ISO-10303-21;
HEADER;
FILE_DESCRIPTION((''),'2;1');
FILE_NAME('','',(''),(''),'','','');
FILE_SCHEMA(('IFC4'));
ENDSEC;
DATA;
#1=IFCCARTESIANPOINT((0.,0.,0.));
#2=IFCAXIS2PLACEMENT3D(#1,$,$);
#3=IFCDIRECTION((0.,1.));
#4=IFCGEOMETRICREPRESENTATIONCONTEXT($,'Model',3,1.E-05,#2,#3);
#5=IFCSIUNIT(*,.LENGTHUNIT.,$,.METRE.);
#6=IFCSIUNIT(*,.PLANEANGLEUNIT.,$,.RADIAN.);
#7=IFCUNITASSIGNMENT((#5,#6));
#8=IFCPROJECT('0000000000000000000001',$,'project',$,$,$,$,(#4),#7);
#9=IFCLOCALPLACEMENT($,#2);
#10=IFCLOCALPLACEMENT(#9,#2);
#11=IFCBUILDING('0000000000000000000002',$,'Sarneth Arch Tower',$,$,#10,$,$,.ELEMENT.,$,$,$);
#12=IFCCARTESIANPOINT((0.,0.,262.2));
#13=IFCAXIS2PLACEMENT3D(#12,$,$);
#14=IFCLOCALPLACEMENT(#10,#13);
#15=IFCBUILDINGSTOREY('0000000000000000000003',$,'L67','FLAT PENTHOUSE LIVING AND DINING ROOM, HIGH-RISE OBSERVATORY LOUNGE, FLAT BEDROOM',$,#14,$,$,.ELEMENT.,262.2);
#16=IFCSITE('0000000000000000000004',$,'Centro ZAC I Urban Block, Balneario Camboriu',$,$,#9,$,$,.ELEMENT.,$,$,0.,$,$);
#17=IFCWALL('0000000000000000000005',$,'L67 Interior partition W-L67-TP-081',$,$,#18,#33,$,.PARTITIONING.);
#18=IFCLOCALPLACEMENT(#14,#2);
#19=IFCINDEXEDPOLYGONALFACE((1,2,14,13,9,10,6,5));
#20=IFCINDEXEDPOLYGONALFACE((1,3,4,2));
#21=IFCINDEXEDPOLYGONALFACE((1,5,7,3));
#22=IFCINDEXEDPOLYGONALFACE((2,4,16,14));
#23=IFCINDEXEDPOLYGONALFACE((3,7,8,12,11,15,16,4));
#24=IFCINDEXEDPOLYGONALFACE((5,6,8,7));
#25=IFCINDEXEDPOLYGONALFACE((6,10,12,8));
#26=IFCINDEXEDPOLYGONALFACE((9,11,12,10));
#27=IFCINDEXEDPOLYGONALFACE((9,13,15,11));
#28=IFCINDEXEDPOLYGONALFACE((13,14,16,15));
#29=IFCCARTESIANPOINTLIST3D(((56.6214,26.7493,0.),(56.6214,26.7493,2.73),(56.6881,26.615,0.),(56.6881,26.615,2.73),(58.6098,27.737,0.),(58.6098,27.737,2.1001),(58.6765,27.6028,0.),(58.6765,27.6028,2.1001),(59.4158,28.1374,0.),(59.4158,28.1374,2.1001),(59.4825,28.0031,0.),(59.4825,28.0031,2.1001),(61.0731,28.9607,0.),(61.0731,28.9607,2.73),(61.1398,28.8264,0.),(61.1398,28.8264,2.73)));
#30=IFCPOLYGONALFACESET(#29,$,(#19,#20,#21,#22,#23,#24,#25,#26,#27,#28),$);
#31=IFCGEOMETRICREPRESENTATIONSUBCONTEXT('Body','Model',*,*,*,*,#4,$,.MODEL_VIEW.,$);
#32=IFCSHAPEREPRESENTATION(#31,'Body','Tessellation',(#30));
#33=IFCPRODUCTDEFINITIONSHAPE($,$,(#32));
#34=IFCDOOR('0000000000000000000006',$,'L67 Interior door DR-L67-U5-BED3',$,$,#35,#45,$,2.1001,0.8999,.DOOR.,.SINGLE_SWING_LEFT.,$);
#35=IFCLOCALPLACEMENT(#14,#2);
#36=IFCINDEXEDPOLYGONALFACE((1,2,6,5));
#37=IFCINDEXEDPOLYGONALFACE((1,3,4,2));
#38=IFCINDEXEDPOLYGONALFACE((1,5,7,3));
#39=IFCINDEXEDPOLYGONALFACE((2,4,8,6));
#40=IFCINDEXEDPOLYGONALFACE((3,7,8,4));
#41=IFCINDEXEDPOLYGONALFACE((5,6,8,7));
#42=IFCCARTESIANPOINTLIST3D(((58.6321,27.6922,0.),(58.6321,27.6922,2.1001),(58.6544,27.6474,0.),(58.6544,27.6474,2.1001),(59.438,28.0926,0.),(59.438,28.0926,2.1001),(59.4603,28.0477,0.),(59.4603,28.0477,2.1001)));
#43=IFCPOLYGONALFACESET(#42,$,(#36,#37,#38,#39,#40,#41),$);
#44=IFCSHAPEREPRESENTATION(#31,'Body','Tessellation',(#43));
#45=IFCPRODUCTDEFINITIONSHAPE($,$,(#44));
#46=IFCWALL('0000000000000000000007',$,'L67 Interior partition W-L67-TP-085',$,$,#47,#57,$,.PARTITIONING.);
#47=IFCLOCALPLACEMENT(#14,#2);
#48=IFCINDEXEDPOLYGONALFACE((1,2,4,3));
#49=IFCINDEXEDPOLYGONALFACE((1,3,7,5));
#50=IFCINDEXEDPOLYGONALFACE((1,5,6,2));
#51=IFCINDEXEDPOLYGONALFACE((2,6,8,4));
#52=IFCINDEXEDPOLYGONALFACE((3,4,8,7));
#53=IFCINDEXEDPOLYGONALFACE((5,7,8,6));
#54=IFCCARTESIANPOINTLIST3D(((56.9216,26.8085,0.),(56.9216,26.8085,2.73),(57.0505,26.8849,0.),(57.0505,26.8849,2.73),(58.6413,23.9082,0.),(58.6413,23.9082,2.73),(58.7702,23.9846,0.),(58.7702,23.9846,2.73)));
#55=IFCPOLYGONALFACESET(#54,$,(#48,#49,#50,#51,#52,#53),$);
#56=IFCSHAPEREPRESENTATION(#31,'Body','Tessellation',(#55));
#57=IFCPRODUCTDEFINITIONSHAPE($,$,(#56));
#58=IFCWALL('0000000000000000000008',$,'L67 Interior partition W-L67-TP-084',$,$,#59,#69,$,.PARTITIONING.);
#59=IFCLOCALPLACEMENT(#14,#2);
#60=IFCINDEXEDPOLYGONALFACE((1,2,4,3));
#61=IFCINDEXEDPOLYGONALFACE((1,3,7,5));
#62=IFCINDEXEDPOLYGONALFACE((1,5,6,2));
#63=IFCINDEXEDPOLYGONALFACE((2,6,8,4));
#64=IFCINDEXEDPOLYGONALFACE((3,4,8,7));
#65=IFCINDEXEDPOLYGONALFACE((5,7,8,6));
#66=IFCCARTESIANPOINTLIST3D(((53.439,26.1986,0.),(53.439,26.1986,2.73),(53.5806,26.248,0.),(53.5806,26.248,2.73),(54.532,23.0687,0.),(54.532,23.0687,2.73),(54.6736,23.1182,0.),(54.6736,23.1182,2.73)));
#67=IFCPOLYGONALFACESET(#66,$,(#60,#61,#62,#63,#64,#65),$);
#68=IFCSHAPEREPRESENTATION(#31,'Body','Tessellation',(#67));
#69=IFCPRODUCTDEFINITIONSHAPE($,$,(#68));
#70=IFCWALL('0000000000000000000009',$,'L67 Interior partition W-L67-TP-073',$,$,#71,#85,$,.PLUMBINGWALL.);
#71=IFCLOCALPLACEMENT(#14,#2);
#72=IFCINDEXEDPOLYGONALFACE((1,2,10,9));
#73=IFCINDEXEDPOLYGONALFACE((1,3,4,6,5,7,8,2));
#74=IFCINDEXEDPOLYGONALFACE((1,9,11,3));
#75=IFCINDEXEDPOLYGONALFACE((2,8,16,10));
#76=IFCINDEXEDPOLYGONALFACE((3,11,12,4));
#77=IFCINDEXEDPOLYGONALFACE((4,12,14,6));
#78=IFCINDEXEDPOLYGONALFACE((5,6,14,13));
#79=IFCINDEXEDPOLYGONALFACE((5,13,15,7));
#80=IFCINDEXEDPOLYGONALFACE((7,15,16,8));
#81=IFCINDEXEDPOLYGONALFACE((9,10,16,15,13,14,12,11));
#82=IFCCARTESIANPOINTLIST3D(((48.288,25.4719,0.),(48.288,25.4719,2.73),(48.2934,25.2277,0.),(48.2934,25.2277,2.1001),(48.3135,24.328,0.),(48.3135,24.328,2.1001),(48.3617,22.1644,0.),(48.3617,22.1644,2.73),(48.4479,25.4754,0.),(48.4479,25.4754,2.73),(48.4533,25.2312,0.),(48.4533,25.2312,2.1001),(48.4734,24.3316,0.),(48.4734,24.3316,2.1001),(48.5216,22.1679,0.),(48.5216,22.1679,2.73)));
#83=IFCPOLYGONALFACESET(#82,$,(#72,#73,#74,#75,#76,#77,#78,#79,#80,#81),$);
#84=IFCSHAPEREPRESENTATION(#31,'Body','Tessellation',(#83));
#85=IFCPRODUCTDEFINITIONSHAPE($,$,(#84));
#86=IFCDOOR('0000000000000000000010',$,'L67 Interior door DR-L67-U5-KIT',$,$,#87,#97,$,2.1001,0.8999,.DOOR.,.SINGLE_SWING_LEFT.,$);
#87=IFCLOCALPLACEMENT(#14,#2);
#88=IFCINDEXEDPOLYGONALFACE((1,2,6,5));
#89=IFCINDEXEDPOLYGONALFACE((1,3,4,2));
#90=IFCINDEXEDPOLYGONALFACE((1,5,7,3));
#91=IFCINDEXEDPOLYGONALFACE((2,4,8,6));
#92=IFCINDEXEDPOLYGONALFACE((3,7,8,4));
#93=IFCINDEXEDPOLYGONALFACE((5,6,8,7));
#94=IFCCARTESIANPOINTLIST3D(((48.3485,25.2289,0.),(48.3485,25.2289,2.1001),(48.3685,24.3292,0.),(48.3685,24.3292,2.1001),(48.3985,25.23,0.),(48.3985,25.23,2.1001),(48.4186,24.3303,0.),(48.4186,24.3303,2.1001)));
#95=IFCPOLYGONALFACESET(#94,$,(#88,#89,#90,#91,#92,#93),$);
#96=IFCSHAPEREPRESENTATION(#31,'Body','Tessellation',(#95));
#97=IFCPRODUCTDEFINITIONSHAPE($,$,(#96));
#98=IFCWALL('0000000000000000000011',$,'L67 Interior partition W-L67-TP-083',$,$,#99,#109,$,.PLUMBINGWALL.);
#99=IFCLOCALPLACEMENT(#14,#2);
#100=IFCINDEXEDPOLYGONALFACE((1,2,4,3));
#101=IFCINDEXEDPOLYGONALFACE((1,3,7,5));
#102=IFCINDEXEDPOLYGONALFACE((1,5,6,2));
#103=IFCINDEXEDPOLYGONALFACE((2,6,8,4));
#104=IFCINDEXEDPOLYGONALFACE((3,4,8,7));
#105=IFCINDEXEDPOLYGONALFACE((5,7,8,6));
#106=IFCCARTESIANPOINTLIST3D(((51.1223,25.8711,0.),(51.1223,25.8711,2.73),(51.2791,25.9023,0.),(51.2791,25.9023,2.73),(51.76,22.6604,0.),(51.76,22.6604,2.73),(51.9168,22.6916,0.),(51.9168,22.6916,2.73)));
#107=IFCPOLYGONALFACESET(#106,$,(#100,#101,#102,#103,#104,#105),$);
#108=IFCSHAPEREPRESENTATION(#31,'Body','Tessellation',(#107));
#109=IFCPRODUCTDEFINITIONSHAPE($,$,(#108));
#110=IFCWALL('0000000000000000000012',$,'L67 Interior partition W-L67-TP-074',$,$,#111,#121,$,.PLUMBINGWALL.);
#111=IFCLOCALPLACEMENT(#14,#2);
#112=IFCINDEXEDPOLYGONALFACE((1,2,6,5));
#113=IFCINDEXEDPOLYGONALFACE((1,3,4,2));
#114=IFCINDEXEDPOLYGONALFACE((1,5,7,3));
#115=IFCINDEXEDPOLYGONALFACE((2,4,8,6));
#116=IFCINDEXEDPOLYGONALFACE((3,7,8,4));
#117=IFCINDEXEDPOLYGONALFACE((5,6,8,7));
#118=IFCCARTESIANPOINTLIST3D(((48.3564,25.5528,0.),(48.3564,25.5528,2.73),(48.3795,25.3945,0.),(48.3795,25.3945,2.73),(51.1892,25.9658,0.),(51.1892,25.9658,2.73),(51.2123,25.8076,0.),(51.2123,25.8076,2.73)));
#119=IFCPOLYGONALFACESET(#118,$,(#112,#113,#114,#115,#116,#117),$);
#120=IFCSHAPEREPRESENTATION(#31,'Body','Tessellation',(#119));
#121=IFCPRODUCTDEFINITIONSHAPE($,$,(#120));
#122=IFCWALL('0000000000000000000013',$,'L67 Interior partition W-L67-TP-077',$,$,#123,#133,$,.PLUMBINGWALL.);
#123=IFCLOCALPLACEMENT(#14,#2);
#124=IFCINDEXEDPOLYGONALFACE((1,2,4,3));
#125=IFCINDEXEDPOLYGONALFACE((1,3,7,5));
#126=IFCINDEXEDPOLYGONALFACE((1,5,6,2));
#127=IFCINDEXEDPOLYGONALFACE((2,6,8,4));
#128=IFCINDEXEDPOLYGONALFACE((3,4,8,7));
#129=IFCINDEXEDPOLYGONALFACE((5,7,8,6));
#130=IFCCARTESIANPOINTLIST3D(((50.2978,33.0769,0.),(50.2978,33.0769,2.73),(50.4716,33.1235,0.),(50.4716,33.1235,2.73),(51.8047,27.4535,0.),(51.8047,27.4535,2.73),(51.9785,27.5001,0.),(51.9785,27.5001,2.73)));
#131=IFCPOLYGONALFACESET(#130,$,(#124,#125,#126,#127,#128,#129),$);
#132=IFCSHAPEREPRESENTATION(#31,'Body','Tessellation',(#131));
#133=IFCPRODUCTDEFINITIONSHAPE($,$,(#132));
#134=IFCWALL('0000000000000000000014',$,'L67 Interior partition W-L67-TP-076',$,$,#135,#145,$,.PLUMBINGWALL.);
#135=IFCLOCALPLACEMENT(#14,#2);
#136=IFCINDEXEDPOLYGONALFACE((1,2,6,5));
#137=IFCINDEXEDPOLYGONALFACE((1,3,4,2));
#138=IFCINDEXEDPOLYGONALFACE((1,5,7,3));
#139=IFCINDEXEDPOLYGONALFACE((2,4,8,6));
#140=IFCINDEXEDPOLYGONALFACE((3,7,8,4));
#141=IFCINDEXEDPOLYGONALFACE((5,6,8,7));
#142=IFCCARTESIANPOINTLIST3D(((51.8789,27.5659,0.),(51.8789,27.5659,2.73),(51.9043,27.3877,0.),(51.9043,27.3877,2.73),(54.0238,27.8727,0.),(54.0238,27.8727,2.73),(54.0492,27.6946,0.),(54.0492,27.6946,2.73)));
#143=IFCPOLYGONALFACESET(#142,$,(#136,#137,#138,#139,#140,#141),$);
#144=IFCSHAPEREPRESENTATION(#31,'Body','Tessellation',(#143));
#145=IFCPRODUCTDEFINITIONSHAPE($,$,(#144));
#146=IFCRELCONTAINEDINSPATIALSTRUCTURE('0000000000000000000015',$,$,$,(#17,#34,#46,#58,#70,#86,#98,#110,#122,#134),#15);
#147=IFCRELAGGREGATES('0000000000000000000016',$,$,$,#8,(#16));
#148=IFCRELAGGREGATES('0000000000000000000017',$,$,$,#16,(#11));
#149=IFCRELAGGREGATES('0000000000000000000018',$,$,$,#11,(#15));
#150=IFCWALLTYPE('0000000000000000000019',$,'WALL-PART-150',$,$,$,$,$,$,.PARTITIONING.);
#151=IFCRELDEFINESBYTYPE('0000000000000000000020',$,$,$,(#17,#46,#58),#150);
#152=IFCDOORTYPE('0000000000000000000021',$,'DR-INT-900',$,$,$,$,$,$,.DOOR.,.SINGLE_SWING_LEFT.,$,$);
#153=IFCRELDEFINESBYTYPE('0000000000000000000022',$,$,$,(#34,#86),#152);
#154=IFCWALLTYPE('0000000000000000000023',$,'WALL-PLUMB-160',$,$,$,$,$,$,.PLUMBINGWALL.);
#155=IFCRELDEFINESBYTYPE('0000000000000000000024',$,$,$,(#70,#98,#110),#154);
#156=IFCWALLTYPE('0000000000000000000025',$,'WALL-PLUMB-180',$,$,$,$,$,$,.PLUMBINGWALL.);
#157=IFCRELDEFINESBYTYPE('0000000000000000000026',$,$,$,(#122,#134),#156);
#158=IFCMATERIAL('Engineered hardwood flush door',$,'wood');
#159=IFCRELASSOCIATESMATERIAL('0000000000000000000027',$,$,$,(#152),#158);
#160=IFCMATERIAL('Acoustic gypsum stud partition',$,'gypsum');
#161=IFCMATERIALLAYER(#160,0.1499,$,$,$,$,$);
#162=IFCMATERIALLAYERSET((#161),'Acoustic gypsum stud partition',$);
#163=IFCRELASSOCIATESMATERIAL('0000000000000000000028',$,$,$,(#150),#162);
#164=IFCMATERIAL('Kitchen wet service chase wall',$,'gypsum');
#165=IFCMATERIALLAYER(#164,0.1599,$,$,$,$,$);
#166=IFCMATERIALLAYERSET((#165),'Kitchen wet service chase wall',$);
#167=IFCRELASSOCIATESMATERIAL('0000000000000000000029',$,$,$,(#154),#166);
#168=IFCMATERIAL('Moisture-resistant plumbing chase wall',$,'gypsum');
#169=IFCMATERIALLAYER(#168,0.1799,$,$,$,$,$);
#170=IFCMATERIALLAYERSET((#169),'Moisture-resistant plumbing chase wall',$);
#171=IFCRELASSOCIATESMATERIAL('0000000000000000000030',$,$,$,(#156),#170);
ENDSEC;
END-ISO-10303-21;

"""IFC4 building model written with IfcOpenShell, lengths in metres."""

from ifc_helpers import new_model, si_unit, direction, frame, frame_2d, origin, place, context, subcontext, project, spatial, rectangle, extrude, material, layer, layer_set, type_object, element, fill, save


model = new_model("IFC4")

# Units and contexts
model_context = context("Model", 3, precision=1e-05, world=origin(), true_north=direction((0.0, 1.0)))
body_context = subcontext(model_context, "Body", "Model", "MODEL_VIEW")
ifc_project = project(units=[si_unit("LENGTHUNIT", "METRE"), si_unit("PLANEANGLEUNIT", "RADIAN")], contexts=[model_context])

# Site, building, storey
site_placement = place(None, origin())
site = spatial("IfcSite", under=ifc_project, at=site_placement, Name="Centro ZAC I Urban Block, Balneario Camboriu", CompositionType="ELEMENT", RefElevation=0.0)
building_placement = place(site_placement, origin())
building = spatial("IfcBuilding", under=site, at=building_placement, Name="Sarneth Arch Tower", CompositionType="ELEMENT")
storey_placement = place(building_placement, frame((0.0, 0.0, 262.2)))
storey = spatial("IfcBuildingStorey", under=building, at=storey_placement, Name="L67", Description="FLAT PENTHOUSE LIVING AND DINING ROOM, HIGH-RISE OBSERVATORY LOUNGE, FLAT BEDROOM", CompositionType="ELEMENT", Elevation=262.2)

# Shared definitions
ifc_material_1 = material(Name="Engineered hardwood flush door", Category="wood")
door_type_1 = type_object("IfcDoorType", Name="DR-INT-900", OperationType="SINGLE_SWING_LEFT", PredefinedType="DOOR", material=ifc_material_1)

# Wall, opening, door
ifc_material_2 = material(Name="Acoustic gypsum stud partition", Category="gypsum")
ifc_layer_1 = layer(ifc_material_2, 0.1499)
ifc_layer_set_1 = layer_set([ifc_layer_1], Name="Acoustic gypsum stud partition")
wall_type_1 = type_object("IfcWallType", Name="WALL-PART-150", PredefinedType="PARTITIONING", material=ifc_layer_set_1)
wall_1_placement = place(storey_placement, frame((56.6548, 26.6821, 0.0), z_axis=(0.0, 0.0, 1.0), x_axis=(0.895583, 0.444894, 0.0)))
wall_1 = element("IfcWall", 1, at=wall_1_placement, inside=storey, type_object=wall_type_1, Name="L67 Interior partition W-L67-TP-081", PredefinedType="PARTITIONING", context=body_context, shape_type="SweptSolid", body=[
    extrude(rectangle(XDim=4.9707, YDim=0.1499, at=frame_2d((2.4854, 0.0))), origin(), (0.0, 0.0, 1.0), 2.73),
])
opening_1_placement = place(wall_1_placement, frame((2.2202, 0.0, 0.0)))
opening_1 = element("IfcOpeningElement", 2, at=opening_1_placement, cuts=wall_1, PredefinedType="OPENING", context=body_context, shape_type="SweptSolid", body=[
    extrude(rectangle(XDim=0.8999, YDim=2.1001, at=frame_2d((0.45, 1.05))), frame((0.0, 0.085, 0.0), z_axis=(0.0, -1.0, 0.0), x_axis=(1.0, 0.0, 0.0)), (0.0, 0.0, 1.0), 0.1699),
])
door_1_placement = place(opening_1_placement, origin())
door_1 = element("IfcDoor", 3, at=door_1_placement, inside=storey, type_object=door_type_1, Name="L67 Interior door DR-L67-U5-BED3", OperationType="SINGLE_SWING_LEFT", OverallHeight=2.1001, OverallWidth=0.8999, PredefinedType="DOOR", context=body_context, shape_type="SweptSolid", body=[
    extrude(rectangle(XDim=0.8999, YDim=2.1001, at=frame_2d((0.45, 1.05))), frame((0.0, 0.0249, 0.0), z_axis=(0.0, -1.0, 0.0), x_axis=(1.0, 0.0, 0.0)), (0.0, 0.0, 1.0), 0.05),
])
fill(opening_1, door_1)

# Walls
wall_2_placement = place(storey_placement, frame((58.7058, 23.9463, 0.0), z_axis=(0.0, 0.0, 1.0), x_axis=(-0.510017, 0.860164, 0.0)))
element("IfcWall", 4, at=wall_2_placement, inside=storey, type_object=wall_type_1, Name="L67 Interior partition W-L67-TP-085", PredefinedType="PARTITIONING", context=body_context, shape_type="SweptSolid", body=[
    extrude(rectangle(XDim=3.3718, YDim=0.1499, at=frame_2d((1.686, 0.0))), origin(), (0.0, 0.0, 1.0), 2.73),
])
wall_3_placement = place(storey_placement, frame((53.5098, 26.2234, 0.0), z_axis=(0.0, 0.0, 1.0), x_axis=(0.329694, -0.944088, 0.0)))
element("IfcWall", 5, at=wall_3_placement, inside=storey, type_object=wall_type_1, Name="L67 Interior partition W-L67-TP-084", PredefinedType="PARTITIONING", context=body_context, shape_type="SweptSolid", body=[
    extrude(rectangle(XDim=3.3152, YDim=0.1499, at=frame_2d((1.6577, 0.0))), origin(), (0.0, 0.0, 1.0), 2.73),
])

# Wall, opening, door
ifc_material_3 = material(Name="Kitchen wet service chase wall", Category="gypsum")
ifc_layer_2 = layer(ifc_material_3, 0.1599)
ifc_layer_set_2 = layer_set([ifc_layer_2], Name="Kitchen wet service chase wall")
wall_type_2 = type_object("IfcWallType", Name="WALL-PLUMB-160", PredefinedType="PLUMBINGWALL", material=ifc_layer_set_2)
wall_4_placement = place(storey_placement, frame((48.4417, 22.166, 0.0), z_axis=(0.0, 0.0, 1.0), x_axis=(-0.022286, 0.999752, 0.0)))
wall_4 = element("IfcWall", 6, at=wall_4_placement, inside=storey, type_object=wall_type_2, Name="L67 Interior partition W-L67-TP-073", PredefinedType="PLUMBINGWALL", context=body_context, shape_type="SweptSolid", body=[
    extrude(rectangle(XDim=3.3083, YDim=0.1599, at=frame_2d((1.6543, 0.0))), origin(), (0.0, 0.0, 1.0), 2.73),
])
opening_2_placement = place(wall_4_placement, frame((2.1643, 0.0, 0.0)))
opening_2 = element("IfcOpeningElement", 7, at=opening_2_placement, cuts=wall_4, PredefinedType="OPENING", context=body_context, shape_type="SweptSolid", body=[
    extrude(rectangle(XDim=0.8999, YDim=2.1001, at=frame_2d((0.45, 1.05))), frame((0.0, 0.0898, 0.0), z_axis=(0.0, -1.0, 0.0), x_axis=(1.0, 0.0, 0.0)), (0.0, 0.0, 1.0), 0.1799),
])
door_2_placement = place(opening_2_placement, origin())
door_2 = element("IfcDoor", 8, at=door_2_placement, inside=storey, type_object=door_type_1, Name="L67 Interior door DR-L67-U5-KIT", OperationType="SINGLE_SWING_LEFT", OverallHeight=2.1001, OverallWidth=0.8999, PredefinedType="DOOR", context=body_context, shape_type="SweptSolid", body=[
    extrude(rectangle(XDim=0.8999, YDim=2.1001, at=frame_2d((0.45, 1.05))), frame((0.0, 0.0249, 0.0), z_axis=(0.0, -1.0, 0.0), x_axis=(1.0, 0.0, 0.0)), (0.0, 0.0, 1.0), 0.05),
])
fill(opening_2, door_2)

# Walls
wall_5_placement = place(storey_placement, frame((51.2007, 25.8867, 0.0), z_axis=(0.0, 0.0, 1.0), x_axis=(0.194811, -0.980841, 0.0)))
element("IfcWall", 9, at=wall_5_placement, inside=storey, type_object=wall_type_2, Name="L67 Interior partition W-L67-TP-083", PredefinedType="PLUMBINGWALL", context=body_context, shape_type="SweptSolid", body=[
    extrude(rectangle(XDim=3.2734, YDim=0.1599, at=frame_2d((1.6367, 0.0))), origin(), (0.0, 0.0, 1.0), 2.73),
])
wall_6_placement = place(storey_placement, frame((48.3679, 25.4736, 0.0), z_axis=(0.0, 0.0, 1.0), x_axis=(0.989534, 0.144298, 0.0)))
element("IfcWall", 10, at=wall_6_placement, inside=storey, type_object=wall_type_2, Name="L67 Interior partition W-L67-TP-074", PredefinedType="PLUMBINGWALL", context=body_context, shape_type="SweptSolid", body=[
    extrude(rectangle(XDim=2.8628, YDim=0.1599, at=frame_2d((1.4314, 0.0))), origin(), (0.0, 0.0, 1.0), 2.73),
])
ifc_material_4 = material(Name="Moisture-resistant plumbing chase wall", Category="gypsum")
ifc_layer_3 = layer(ifc_material_4, 0.1799)
ifc_layer_set_3 = layer_set([ifc_layer_3], Name="Moisture-resistant plumbing chase wall")
wall_type_3 = type_object("IfcWallType", Name="WALL-PLUMB-180", PredefinedType="PLUMBINGWALL", material=ifc_layer_set_3)
wall_7_placement = place(storey_placement, frame((51.8916, 27.4768, 0.0), z_axis=(0.0, 0.0, 1.0), x_axis=(-0.258832, 0.965922, 0.0)))
element("IfcWall", 11, at=wall_7_placement, inside=storey, type_object=wall_type_3, Name="L67 Interior partition W-L67-TP-077", PredefinedType="PLUMBINGWALL", context=body_context, shape_type="SweptSolid", body=[
    extrude(rectangle(XDim=5.8218, YDim=0.1799, at=frame_2d((2.9109, 0.0))), origin(), (0.0, 0.0, 1.0), 2.73),
])
wall_8_placement = place(storey_placement, frame((54.0366, 27.7837, 0.0), z_axis=(0.0, 0.0, 1.0), x_axis=(-0.98992, -0.141626, 0.0)))
element("IfcWall", 12, at=wall_8_placement, inside=storey, type_object=wall_type_3, Name="L67 Interior partition W-L67-TP-076", PredefinedType="PLUMBINGWALL", context=body_context, shape_type="SweptSolid", body=[
    extrude(rectangle(XDim=2.1667, YDim=0.1799, at=frame_2d((1.0835, 0.0))), origin(), (0.0, 0.0, 1.0), 2.73),
])

save(model, "model.ifc")
